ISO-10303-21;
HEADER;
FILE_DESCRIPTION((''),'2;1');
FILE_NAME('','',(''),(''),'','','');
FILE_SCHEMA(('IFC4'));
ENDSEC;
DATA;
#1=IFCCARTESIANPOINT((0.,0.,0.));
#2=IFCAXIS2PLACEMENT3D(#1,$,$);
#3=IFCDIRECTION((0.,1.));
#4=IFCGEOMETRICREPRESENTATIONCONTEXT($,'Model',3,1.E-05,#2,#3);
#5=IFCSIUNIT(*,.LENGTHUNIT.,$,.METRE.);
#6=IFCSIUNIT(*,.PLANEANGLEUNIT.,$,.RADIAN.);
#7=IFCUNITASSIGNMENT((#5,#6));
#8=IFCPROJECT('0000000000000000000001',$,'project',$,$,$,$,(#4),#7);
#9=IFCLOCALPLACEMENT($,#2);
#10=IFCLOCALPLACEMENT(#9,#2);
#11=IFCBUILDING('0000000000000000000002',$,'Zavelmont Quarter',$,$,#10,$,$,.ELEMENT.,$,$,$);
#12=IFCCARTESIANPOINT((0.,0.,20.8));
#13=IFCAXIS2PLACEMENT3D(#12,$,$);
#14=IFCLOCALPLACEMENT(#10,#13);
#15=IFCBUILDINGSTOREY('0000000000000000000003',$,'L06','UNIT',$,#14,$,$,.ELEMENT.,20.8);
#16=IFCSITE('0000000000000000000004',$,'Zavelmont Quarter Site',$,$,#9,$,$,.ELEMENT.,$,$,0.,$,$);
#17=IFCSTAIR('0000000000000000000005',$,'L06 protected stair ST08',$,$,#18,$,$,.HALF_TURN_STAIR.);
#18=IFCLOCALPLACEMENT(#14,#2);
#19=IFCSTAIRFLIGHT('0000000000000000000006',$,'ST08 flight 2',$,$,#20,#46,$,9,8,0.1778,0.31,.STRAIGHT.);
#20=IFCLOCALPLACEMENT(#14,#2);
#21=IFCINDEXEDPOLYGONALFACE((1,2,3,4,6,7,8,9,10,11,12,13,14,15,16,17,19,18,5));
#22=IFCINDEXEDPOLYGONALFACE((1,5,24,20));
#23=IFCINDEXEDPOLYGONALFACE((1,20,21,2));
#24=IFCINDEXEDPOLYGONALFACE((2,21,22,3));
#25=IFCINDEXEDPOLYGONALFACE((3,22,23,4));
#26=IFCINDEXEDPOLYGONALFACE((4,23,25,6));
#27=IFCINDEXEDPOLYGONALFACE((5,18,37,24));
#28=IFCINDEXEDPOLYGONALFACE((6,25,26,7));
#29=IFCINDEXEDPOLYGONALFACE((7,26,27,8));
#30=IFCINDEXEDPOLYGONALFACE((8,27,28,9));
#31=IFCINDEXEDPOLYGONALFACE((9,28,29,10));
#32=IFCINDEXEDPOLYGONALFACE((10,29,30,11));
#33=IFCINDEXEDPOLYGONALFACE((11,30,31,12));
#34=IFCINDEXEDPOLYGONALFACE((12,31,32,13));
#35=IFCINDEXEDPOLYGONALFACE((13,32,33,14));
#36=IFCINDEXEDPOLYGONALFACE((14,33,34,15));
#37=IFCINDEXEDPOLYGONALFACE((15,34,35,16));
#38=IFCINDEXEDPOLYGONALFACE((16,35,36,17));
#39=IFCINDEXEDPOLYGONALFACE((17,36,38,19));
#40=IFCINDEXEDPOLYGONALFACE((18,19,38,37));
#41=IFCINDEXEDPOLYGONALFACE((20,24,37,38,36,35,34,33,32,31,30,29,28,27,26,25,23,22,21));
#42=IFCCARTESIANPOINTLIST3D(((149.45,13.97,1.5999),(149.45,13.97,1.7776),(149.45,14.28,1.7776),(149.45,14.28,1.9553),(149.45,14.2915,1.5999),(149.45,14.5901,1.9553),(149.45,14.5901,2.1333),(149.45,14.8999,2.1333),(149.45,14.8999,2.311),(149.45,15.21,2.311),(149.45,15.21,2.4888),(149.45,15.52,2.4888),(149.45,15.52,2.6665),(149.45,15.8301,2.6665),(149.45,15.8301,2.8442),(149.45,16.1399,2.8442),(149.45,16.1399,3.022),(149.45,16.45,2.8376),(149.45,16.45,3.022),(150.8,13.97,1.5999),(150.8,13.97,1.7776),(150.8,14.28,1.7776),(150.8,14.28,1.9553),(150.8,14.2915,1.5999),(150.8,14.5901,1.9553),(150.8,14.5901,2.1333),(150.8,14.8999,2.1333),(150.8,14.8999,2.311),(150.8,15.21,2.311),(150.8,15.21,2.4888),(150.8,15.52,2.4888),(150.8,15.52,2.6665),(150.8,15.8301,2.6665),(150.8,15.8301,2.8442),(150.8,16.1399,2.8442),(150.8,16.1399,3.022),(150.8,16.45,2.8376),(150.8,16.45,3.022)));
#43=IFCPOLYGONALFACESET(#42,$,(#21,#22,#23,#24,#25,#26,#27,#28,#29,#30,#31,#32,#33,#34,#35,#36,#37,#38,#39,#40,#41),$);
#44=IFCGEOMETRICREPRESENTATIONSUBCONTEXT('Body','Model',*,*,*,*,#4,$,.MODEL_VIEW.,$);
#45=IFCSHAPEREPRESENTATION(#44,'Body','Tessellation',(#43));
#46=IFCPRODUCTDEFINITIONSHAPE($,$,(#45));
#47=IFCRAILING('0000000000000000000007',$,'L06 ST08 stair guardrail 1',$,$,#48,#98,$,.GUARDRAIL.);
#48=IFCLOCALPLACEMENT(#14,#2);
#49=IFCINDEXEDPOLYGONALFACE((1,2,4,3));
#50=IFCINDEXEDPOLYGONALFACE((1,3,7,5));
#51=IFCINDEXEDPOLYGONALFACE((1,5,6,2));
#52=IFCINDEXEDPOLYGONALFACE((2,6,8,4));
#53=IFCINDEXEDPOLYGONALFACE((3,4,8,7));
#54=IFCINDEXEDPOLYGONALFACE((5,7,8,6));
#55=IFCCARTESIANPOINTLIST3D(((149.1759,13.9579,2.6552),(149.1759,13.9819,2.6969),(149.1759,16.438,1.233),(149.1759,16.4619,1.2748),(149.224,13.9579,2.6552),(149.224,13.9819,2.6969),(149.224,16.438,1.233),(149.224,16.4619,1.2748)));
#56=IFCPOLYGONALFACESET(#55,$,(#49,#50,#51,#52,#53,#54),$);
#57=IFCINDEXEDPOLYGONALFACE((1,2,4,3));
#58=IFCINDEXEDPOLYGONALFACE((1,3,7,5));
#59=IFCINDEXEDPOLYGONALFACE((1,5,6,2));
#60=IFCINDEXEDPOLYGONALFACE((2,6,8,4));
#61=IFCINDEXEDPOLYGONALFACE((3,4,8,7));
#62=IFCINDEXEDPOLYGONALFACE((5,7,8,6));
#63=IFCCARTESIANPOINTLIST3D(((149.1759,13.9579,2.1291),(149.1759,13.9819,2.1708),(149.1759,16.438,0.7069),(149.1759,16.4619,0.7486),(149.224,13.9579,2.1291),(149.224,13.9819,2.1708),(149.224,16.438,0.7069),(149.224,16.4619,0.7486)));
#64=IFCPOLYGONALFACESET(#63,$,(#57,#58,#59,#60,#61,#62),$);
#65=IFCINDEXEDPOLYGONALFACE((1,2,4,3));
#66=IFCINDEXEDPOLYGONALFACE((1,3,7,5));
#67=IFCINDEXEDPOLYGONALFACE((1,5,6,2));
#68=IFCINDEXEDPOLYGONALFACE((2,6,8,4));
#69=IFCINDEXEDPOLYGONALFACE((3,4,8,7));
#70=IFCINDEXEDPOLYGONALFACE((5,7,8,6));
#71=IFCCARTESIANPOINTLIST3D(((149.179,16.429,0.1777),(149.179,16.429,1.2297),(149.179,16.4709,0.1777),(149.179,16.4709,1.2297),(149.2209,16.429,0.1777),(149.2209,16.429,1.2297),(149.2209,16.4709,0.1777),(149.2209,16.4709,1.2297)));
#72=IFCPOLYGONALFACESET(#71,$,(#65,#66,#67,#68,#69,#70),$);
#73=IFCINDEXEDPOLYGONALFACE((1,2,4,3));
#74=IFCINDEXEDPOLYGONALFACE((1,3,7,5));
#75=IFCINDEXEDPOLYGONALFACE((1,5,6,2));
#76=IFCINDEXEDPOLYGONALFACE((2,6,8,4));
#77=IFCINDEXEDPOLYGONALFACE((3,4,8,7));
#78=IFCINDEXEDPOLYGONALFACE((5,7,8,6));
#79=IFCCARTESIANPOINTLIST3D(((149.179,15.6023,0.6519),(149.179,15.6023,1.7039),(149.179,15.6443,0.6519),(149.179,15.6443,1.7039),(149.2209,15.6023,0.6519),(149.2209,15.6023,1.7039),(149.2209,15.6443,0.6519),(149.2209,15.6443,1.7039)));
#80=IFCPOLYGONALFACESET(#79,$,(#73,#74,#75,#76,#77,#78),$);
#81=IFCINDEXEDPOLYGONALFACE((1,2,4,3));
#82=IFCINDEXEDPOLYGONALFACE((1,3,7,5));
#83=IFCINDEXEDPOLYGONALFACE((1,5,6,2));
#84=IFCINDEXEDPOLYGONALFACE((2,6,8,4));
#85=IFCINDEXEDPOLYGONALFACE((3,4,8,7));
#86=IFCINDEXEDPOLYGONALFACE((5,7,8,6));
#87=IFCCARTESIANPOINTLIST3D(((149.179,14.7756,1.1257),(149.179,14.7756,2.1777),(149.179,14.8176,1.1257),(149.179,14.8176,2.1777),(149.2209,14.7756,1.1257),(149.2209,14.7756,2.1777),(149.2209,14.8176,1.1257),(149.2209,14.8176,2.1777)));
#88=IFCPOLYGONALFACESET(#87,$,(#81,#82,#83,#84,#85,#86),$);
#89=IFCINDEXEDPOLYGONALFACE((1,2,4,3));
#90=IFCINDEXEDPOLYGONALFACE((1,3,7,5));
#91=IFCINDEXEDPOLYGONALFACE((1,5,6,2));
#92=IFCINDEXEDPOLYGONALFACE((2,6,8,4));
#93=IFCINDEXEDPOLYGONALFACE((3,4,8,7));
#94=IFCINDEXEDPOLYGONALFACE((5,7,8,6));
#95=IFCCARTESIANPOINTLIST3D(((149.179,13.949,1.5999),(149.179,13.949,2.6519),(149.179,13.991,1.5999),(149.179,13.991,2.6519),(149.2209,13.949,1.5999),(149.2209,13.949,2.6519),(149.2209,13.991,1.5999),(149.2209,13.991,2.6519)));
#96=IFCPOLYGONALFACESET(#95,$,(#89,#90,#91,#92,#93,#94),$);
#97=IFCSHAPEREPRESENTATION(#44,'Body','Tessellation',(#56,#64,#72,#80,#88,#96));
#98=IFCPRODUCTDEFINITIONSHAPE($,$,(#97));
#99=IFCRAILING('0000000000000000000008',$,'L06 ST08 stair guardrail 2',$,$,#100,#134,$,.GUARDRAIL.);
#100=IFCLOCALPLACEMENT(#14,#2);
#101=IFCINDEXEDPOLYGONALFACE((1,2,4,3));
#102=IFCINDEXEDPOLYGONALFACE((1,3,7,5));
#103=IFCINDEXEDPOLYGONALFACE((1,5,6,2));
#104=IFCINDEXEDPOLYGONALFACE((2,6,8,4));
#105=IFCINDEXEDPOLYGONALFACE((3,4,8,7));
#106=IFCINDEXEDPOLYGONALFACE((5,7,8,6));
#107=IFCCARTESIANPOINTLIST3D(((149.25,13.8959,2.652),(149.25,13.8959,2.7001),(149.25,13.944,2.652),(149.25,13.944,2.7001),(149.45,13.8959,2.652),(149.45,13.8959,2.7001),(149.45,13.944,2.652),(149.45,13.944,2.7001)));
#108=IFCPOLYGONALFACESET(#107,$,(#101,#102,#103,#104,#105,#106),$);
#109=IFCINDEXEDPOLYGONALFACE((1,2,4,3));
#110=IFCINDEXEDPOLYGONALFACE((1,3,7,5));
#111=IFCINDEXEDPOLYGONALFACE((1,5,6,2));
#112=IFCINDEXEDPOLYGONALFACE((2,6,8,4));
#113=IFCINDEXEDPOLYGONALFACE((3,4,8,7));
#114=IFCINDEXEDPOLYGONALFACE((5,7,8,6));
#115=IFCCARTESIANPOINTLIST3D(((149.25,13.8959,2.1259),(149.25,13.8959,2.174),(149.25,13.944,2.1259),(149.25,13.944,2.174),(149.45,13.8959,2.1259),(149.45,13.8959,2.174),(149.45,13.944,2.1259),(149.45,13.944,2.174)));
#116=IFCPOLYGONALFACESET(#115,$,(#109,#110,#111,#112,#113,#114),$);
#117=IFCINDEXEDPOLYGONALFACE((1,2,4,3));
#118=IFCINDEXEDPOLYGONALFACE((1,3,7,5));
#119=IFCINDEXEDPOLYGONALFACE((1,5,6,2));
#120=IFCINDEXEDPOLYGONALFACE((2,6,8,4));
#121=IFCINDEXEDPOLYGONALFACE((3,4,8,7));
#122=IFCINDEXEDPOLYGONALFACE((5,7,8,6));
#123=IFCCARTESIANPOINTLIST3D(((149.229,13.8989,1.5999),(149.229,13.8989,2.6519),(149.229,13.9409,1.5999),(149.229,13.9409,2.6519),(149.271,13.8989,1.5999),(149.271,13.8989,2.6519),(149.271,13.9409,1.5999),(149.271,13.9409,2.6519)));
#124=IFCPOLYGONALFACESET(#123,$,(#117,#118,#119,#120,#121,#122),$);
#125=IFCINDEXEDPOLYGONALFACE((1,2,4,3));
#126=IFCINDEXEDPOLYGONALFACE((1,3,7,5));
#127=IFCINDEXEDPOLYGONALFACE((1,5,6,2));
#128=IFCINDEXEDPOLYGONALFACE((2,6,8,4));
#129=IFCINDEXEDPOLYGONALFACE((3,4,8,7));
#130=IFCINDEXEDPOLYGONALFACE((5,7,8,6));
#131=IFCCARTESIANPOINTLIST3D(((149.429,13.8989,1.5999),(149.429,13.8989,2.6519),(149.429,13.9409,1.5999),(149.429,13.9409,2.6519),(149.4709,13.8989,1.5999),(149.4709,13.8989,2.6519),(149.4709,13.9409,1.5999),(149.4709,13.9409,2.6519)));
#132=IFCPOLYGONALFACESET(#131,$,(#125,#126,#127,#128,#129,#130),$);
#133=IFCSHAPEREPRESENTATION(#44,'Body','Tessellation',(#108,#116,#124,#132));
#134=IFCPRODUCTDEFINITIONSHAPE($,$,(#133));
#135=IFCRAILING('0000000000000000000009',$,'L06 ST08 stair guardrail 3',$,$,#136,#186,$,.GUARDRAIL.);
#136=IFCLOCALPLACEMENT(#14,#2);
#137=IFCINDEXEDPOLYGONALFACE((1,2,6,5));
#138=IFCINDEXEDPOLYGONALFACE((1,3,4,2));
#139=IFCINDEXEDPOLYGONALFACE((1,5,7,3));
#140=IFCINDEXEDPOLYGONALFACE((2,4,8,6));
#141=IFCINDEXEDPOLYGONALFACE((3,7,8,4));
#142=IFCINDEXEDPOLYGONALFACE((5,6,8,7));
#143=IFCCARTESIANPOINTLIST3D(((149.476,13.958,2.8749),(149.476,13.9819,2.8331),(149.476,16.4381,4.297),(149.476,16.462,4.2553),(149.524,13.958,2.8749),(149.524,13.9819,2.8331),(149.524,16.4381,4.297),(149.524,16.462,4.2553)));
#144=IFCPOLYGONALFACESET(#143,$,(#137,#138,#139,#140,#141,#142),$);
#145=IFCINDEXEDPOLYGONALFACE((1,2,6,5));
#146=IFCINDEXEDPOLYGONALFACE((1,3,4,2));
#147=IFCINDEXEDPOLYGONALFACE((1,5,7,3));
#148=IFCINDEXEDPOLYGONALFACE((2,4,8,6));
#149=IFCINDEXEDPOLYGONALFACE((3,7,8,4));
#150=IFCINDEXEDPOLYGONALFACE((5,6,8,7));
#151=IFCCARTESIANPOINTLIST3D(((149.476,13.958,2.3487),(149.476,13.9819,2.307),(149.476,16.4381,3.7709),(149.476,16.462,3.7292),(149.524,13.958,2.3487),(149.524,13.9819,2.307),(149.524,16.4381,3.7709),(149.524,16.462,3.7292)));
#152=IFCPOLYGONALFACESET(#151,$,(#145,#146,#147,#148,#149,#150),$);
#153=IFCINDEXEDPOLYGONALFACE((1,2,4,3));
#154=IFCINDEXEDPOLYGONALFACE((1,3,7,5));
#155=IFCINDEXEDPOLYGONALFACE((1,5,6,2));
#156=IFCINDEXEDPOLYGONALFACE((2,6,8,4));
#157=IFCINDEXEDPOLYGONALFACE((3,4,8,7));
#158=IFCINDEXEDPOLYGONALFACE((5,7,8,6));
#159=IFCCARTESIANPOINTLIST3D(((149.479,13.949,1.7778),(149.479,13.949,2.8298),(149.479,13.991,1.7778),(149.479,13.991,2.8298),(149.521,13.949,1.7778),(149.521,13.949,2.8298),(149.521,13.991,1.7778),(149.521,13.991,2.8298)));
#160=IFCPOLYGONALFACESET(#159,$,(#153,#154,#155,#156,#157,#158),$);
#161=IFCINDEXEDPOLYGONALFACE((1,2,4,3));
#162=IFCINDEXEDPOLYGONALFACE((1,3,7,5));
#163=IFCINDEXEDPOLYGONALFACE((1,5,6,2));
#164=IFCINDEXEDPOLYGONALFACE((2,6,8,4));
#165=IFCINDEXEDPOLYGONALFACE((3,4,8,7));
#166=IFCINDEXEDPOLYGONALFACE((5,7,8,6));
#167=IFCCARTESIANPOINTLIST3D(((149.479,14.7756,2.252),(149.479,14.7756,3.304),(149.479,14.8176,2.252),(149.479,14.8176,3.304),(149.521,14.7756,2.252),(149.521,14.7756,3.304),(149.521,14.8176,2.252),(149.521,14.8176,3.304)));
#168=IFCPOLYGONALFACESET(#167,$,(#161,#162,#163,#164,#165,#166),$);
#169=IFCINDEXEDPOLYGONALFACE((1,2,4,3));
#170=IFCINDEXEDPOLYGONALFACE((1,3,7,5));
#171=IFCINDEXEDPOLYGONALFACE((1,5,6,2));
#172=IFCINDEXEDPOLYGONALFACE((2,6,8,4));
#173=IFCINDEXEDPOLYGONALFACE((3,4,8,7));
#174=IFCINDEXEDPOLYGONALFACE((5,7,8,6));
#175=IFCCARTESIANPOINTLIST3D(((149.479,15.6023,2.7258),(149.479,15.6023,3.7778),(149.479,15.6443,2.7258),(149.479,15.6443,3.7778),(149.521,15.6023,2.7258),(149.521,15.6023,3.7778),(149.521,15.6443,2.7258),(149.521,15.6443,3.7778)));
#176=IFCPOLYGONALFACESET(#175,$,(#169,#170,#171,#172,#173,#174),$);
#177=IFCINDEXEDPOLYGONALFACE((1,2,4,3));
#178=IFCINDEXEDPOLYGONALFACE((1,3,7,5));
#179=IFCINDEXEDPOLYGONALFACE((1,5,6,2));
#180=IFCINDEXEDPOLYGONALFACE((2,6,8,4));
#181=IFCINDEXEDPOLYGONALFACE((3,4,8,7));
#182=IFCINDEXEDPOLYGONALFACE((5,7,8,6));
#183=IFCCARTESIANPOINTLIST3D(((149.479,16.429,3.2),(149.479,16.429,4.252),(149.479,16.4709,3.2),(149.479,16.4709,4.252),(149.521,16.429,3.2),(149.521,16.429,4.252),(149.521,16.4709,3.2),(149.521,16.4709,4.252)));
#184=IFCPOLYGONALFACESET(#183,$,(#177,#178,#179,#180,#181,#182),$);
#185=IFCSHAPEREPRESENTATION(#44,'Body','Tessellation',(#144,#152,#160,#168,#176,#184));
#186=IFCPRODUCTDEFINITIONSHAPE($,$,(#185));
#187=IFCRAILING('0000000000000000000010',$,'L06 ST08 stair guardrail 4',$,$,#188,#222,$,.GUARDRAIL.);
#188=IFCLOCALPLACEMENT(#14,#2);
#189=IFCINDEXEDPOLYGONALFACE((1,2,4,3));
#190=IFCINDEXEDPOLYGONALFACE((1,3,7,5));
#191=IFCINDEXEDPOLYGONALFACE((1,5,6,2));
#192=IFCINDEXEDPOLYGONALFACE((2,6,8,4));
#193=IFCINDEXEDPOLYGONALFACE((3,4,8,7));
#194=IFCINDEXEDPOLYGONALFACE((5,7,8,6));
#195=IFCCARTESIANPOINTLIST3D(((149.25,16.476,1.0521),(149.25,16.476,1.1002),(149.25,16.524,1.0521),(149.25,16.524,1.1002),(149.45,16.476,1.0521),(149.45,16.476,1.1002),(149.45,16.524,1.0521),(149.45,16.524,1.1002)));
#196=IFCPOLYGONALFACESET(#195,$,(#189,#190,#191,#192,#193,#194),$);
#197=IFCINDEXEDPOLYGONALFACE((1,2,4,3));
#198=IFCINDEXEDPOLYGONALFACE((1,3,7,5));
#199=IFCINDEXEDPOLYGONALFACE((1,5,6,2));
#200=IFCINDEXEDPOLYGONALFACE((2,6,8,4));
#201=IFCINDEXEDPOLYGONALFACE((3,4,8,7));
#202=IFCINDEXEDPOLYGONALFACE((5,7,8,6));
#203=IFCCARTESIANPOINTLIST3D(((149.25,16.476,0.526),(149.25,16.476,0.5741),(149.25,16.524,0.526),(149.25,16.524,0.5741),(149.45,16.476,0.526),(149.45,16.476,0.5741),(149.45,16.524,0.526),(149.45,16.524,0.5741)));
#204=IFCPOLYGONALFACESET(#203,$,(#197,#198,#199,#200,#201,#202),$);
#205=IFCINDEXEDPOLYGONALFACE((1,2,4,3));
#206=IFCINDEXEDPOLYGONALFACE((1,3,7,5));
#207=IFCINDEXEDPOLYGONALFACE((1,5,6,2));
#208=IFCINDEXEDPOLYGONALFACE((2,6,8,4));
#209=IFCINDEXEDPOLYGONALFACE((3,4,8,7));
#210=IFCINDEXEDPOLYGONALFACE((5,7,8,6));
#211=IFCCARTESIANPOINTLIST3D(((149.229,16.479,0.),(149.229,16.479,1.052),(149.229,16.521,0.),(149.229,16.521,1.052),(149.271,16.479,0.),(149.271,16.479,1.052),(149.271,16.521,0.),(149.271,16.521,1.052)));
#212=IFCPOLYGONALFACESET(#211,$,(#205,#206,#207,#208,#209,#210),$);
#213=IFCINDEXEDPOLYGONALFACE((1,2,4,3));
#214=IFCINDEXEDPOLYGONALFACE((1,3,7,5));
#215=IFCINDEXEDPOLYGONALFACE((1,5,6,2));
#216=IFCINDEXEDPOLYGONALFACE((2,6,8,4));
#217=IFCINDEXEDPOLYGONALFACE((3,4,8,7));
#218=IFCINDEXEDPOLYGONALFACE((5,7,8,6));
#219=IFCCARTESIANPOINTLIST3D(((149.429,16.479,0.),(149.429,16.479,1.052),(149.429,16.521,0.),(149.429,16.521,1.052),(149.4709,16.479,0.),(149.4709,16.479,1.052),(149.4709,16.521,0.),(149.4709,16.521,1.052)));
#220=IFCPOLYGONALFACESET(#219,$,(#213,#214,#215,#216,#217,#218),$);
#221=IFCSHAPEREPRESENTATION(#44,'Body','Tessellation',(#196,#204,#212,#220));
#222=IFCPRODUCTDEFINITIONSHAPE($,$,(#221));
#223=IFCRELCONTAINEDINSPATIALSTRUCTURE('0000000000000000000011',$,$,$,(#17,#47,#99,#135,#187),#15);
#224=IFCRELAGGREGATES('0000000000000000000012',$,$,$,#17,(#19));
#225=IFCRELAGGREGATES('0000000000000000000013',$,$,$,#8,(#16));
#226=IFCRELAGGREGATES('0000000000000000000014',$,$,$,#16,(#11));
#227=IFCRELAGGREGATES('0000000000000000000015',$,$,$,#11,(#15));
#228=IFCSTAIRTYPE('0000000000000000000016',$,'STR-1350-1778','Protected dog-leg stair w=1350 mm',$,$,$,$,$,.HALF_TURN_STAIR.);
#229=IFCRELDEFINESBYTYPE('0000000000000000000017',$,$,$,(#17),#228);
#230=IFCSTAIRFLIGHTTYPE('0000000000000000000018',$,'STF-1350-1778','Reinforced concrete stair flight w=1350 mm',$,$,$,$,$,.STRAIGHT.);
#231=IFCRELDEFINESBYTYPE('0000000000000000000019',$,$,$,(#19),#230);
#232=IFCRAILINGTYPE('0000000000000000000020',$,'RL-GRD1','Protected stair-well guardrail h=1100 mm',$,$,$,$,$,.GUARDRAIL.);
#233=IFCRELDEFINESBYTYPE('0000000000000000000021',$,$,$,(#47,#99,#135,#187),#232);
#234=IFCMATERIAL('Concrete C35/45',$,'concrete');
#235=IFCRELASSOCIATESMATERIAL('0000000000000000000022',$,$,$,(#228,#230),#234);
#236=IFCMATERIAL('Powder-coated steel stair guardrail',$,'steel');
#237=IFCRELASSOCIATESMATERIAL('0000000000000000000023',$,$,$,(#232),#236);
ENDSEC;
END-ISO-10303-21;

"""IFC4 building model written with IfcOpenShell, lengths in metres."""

from ifc_helpers import new_model, si_unit, direction, frame, origin, origin_2d, place, context, subcontext, project, spatial, polyline, rectangle, outline, extrude, material, type_object, element, aggregate, save


model = new_model("IFC4")

# Units and contexts
model_context = context("Model", 3, precision=1e-05, world=origin(), true_north=direction((0.0, 1.0)))
body_context = subcontext(model_context, "Body", "Model", "MODEL_VIEW")
ifc_project = project(units=[si_unit("LENGTHUNIT", "METRE"), si_unit("PLANEANGLEUNIT", "RADIAN")], contexts=[model_context])

# Site, building, storey
site_placement = place(None, origin())
site = spatial("IfcSite", under=ifc_project, at=site_placement, Name="Zavelmont Quarter Site", CompositionType="ELEMENT", RefElevation=0.0)
building_placement = place(site_placement, origin())
building = spatial("IfcBuilding", under=site, at=building_placement, Name="Zavelmont Quarter", CompositionType="ELEMENT")
storey_placement = place(building_placement, frame((0.0, 0.0, 20.8)))
storey = spatial("IfcBuildingStorey", under=building, at=storey_placement, Name="L06", Description="UNIT", CompositionType="ELEMENT", Elevation=20.8)

# Stair, stair flight
ifc_material_1 = material(Name="Concrete C35/45", Category="concrete")
stair_type = type_object("IfcStairType", Name="STR-1350-1778", Description="Protected dog-leg stair w=1350 mm", PredefinedType="HALF_TURN_STAIR", material=ifc_material_1)
stair_placement = place(storey_placement, origin())
stair = element("IfcStair", 1, at=stair_placement, inside=storey, type_object=stair_type, Name="L06 protected stair ST08", PredefinedType="HALF_TURN_STAIR")
stair_flight_type = type_object("IfcStairFlightType", Name="STF-1350-1778", Description="Reinforced concrete stair flight w=1350 mm", PredefinedType="STRAIGHT", material=ifc_material_1)
stair_flight_1_placement = place(storey_placement, frame((150.125, 13.97, 1.5999), z_axis=(0.0, 0.0, 1.0), x_axis=(0.0, 1.0, 0.0)))
stair_flight_1 = element("IfcStairFlight", 2, at=stair_flight_1_placement, type_object=stair_flight_type, Name="ST08 flight 2", NumberOfRisers=9, NumberOfTreads=8, PredefinedType="STRAIGHT", RiserHeight=0.1778, TreadLength=0.31, context=body_context, shape_type="SweptSolid", body=[
    extrude(outline(polyline([(0.0, 0.0), (0.0, 0.1777), (0.3101, 0.1777), (0.3101, 0.3555), (0.6201, 0.3555), (0.6201, 0.5334), (0.9299, 0.5334), (0.9299, 0.7112), (1.24, 0.7112), (1.24, 0.8889), (1.55, 0.8889), (1.55, 1.0667), (1.8601, 1.0667), (1.8601, 1.2444), (2.1699, 1.2444), (2.1699, 1.4221), (2.48, 1.4221), (2.48, 1.6001), (2.48, 1.2378), (0.3215, 0.0), (0.0, 0.0)])), frame((0.0, 0.675, 0.0), z_axis=(0.0, -1.0, 0.0), x_axis=(1.0, 0.0, 0.0)), (0.0, 0.0, 1.0), 1.3501),
])
aggregate(stair, [stair_flight_1])

# Railings
ifc_material_2 = material(Name="Powder-coated steel stair guardrail", Category="steel")
railing_type_1 = type_object("IfcRailingType", Name="RL-GRD1", Description="Protected stair-well guardrail h=1100 mm", PredefinedType="GUARDRAIL", material=ifc_material_2)
railing_1_placement = place(storey_placement, frame((149.2, 16.45, 0.1777)))
element("IfcRailing", 3, at=railing_1_placement, inside=storey, type_object=railing_type_1, Name="L06 ST08 stair guardrail 1", PredefinedType="GUARDRAIL", context=body_context, shape_type="SweptSolid", body=[
    extrude(rectangle(XDim=0.0481, YDim=0.0481, at=origin_2d()), frame((0.0, 0.0, 1.0762), z_axis=(0.0, -0.867491, 0.497454), x_axis=(1.0, 0.0, 0.0)), (0.0, 0.0, 1.0), 2.8589),
    extrude(rectangle(XDim=0.0481, YDim=0.0481, at=origin_2d()), frame((0.0, 0.0, 0.55), z_axis=(0.0, -0.867491, 0.497454), x_axis=(1.0, 0.0, 0.0)), (0.0, 0.0, 1.0), 2.8589),
    extrude(rectangle(XDim=0.042, YDim=0.042, at=origin_2d()), origin(), (0.0, 0.0, 1.0), 1.052),
    extrude(rectangle(XDim=0.042, YDim=0.042, at=origin_2d()), frame((0.0, -0.8267, 0.4741)), (0.0, 0.0, 1.0), 1.052),
    extrude(rectangle(XDim=0.042, YDim=0.042, at=origin_2d()), frame((0.0, -1.6533, 0.948)), (0.0, 0.0, 1.0), 1.052),
    extrude(rectangle(XDim=0.042, YDim=0.042, at=origin_2d()), frame((0.0, -2.48, 1.4221)), (0.0, 0.0, 1.0), 1.052),
])
railing_2_placement = place(storey_placement, frame((149.25, 13.9199, 1.5999)))
element("IfcRailing", 4, at=railing_2_placement, inside=storey, type_object=railing_type_1, Name="L06 ST08 stair guardrail 2", PredefinedType="GUARDRAIL", context=body_context, shape_type="SweptSolid", body=[
    extrude(rectangle(XDim=0.0481, YDim=0.0481, at=origin_2d()), frame((0.0, 0.0, 1.0762), z_axis=(1.0, 0.0, 0.0), x_axis=(0.0, 1.0, 0.0)), (0.0, 0.0, 1.0), 0.2),
    extrude(rectangle(XDim=0.0481, YDim=0.0481, at=origin_2d()), frame((0.0, 0.0, 0.55), z_axis=(1.0, 0.0, 0.0), x_axis=(0.0, 1.0, 0.0)), (0.0, 0.0, 1.0), 0.2),
    extrude(rectangle(XDim=0.042, YDim=0.042, at=origin_2d()), origin(), (0.0, 0.0, 1.0), 1.052),
    extrude(rectangle(XDim=0.042, YDim=0.042, at=origin_2d()), frame((0.2, 0.0, 0.0)), (0.0, 0.0, 1.0), 1.052),
])
railing_3_placement = place(storey_placement, frame((149.5, 13.97, 1.7778)))
element("IfcRailing", 5, at=railing_3_placement, inside=storey, type_object=railing_type_1, Name="L06 ST08 stair guardrail 3", PredefinedType="GUARDRAIL", context=body_context, shape_type="SweptSolid", body=[
    extrude(rectangle(XDim=0.0481, YDim=0.0481, at=origin_2d()), frame((0.0, 0.0, 1.0762), z_axis=(0.0, 0.867491, 0.497454), x_axis=(-1.0, 0.0, 0.0)), (0.0, 0.0, 1.0), 2.8589),
    extrude(rectangle(XDim=0.0481, YDim=0.0481, at=origin_2d()), frame((0.0, 0.0, 0.55), z_axis=(0.0, 0.867491, 0.497454), x_axis=(-1.0, 0.0, 0.0)), (0.0, 0.0, 1.0), 2.8589),
    extrude(rectangle(XDim=0.042, YDim=0.042, at=origin_2d()), origin(), (0.0, 0.0, 1.0), 1.052),
    extrude(rectangle(XDim=0.042, YDim=0.042, at=origin_2d()), frame((0.0, 0.8267, 0.4741)), (0.0, 0.0, 1.0), 1.052),
    extrude(rectangle(XDim=0.042, YDim=0.042, at=origin_2d()), frame((0.0, 1.6533, 0.948)), (0.0, 0.0, 1.0), 1.052),
    extrude(rectangle(XDim=0.042, YDim=0.042, at=origin_2d()), frame((0.0, 2.48, 1.4221)), (0.0, 0.0, 1.0), 1.052),
])
railing_4_placement = place(storey_placement, frame((149.25, 16.5, 0.0)))
element("IfcRailing", 6, at=railing_4_placement, inside=storey, type_object=railing_type_1, Name="L06 ST08 stair guardrail 4", PredefinedType="GUARDRAIL", context=body_context, shape_type="SweptSolid", body=[
    extrude(rectangle(XDim=0.0481, YDim=0.0481, at=origin_2d()), frame((0.0, 0.0, 1.0762), z_axis=(1.0, 0.0, 0.0), x_axis=(0.0, 1.0, 0.0)), (0.0, 0.0, 1.0), 0.2),
    extrude(rectangle(XDim=0.0481, YDim=0.0481, at=origin_2d()), frame((0.0, 0.0, 0.55), z_axis=(1.0, 0.0, 0.0), x_axis=(0.0, 1.0, 0.0)), (0.0, 0.0, 1.0), 0.2),
    extrude(rectangle(XDim=0.042, YDim=0.042, at=origin_2d()), origin(), (0.0, 0.0, 1.0), 1.052),
    extrude(rectangle(XDim=0.042, YDim=0.042, at=origin_2d()), frame((0.2, 0.0, 0.0)), (0.0, 0.0, 1.0), 1.052),
])

save(model, "model.ifc")
